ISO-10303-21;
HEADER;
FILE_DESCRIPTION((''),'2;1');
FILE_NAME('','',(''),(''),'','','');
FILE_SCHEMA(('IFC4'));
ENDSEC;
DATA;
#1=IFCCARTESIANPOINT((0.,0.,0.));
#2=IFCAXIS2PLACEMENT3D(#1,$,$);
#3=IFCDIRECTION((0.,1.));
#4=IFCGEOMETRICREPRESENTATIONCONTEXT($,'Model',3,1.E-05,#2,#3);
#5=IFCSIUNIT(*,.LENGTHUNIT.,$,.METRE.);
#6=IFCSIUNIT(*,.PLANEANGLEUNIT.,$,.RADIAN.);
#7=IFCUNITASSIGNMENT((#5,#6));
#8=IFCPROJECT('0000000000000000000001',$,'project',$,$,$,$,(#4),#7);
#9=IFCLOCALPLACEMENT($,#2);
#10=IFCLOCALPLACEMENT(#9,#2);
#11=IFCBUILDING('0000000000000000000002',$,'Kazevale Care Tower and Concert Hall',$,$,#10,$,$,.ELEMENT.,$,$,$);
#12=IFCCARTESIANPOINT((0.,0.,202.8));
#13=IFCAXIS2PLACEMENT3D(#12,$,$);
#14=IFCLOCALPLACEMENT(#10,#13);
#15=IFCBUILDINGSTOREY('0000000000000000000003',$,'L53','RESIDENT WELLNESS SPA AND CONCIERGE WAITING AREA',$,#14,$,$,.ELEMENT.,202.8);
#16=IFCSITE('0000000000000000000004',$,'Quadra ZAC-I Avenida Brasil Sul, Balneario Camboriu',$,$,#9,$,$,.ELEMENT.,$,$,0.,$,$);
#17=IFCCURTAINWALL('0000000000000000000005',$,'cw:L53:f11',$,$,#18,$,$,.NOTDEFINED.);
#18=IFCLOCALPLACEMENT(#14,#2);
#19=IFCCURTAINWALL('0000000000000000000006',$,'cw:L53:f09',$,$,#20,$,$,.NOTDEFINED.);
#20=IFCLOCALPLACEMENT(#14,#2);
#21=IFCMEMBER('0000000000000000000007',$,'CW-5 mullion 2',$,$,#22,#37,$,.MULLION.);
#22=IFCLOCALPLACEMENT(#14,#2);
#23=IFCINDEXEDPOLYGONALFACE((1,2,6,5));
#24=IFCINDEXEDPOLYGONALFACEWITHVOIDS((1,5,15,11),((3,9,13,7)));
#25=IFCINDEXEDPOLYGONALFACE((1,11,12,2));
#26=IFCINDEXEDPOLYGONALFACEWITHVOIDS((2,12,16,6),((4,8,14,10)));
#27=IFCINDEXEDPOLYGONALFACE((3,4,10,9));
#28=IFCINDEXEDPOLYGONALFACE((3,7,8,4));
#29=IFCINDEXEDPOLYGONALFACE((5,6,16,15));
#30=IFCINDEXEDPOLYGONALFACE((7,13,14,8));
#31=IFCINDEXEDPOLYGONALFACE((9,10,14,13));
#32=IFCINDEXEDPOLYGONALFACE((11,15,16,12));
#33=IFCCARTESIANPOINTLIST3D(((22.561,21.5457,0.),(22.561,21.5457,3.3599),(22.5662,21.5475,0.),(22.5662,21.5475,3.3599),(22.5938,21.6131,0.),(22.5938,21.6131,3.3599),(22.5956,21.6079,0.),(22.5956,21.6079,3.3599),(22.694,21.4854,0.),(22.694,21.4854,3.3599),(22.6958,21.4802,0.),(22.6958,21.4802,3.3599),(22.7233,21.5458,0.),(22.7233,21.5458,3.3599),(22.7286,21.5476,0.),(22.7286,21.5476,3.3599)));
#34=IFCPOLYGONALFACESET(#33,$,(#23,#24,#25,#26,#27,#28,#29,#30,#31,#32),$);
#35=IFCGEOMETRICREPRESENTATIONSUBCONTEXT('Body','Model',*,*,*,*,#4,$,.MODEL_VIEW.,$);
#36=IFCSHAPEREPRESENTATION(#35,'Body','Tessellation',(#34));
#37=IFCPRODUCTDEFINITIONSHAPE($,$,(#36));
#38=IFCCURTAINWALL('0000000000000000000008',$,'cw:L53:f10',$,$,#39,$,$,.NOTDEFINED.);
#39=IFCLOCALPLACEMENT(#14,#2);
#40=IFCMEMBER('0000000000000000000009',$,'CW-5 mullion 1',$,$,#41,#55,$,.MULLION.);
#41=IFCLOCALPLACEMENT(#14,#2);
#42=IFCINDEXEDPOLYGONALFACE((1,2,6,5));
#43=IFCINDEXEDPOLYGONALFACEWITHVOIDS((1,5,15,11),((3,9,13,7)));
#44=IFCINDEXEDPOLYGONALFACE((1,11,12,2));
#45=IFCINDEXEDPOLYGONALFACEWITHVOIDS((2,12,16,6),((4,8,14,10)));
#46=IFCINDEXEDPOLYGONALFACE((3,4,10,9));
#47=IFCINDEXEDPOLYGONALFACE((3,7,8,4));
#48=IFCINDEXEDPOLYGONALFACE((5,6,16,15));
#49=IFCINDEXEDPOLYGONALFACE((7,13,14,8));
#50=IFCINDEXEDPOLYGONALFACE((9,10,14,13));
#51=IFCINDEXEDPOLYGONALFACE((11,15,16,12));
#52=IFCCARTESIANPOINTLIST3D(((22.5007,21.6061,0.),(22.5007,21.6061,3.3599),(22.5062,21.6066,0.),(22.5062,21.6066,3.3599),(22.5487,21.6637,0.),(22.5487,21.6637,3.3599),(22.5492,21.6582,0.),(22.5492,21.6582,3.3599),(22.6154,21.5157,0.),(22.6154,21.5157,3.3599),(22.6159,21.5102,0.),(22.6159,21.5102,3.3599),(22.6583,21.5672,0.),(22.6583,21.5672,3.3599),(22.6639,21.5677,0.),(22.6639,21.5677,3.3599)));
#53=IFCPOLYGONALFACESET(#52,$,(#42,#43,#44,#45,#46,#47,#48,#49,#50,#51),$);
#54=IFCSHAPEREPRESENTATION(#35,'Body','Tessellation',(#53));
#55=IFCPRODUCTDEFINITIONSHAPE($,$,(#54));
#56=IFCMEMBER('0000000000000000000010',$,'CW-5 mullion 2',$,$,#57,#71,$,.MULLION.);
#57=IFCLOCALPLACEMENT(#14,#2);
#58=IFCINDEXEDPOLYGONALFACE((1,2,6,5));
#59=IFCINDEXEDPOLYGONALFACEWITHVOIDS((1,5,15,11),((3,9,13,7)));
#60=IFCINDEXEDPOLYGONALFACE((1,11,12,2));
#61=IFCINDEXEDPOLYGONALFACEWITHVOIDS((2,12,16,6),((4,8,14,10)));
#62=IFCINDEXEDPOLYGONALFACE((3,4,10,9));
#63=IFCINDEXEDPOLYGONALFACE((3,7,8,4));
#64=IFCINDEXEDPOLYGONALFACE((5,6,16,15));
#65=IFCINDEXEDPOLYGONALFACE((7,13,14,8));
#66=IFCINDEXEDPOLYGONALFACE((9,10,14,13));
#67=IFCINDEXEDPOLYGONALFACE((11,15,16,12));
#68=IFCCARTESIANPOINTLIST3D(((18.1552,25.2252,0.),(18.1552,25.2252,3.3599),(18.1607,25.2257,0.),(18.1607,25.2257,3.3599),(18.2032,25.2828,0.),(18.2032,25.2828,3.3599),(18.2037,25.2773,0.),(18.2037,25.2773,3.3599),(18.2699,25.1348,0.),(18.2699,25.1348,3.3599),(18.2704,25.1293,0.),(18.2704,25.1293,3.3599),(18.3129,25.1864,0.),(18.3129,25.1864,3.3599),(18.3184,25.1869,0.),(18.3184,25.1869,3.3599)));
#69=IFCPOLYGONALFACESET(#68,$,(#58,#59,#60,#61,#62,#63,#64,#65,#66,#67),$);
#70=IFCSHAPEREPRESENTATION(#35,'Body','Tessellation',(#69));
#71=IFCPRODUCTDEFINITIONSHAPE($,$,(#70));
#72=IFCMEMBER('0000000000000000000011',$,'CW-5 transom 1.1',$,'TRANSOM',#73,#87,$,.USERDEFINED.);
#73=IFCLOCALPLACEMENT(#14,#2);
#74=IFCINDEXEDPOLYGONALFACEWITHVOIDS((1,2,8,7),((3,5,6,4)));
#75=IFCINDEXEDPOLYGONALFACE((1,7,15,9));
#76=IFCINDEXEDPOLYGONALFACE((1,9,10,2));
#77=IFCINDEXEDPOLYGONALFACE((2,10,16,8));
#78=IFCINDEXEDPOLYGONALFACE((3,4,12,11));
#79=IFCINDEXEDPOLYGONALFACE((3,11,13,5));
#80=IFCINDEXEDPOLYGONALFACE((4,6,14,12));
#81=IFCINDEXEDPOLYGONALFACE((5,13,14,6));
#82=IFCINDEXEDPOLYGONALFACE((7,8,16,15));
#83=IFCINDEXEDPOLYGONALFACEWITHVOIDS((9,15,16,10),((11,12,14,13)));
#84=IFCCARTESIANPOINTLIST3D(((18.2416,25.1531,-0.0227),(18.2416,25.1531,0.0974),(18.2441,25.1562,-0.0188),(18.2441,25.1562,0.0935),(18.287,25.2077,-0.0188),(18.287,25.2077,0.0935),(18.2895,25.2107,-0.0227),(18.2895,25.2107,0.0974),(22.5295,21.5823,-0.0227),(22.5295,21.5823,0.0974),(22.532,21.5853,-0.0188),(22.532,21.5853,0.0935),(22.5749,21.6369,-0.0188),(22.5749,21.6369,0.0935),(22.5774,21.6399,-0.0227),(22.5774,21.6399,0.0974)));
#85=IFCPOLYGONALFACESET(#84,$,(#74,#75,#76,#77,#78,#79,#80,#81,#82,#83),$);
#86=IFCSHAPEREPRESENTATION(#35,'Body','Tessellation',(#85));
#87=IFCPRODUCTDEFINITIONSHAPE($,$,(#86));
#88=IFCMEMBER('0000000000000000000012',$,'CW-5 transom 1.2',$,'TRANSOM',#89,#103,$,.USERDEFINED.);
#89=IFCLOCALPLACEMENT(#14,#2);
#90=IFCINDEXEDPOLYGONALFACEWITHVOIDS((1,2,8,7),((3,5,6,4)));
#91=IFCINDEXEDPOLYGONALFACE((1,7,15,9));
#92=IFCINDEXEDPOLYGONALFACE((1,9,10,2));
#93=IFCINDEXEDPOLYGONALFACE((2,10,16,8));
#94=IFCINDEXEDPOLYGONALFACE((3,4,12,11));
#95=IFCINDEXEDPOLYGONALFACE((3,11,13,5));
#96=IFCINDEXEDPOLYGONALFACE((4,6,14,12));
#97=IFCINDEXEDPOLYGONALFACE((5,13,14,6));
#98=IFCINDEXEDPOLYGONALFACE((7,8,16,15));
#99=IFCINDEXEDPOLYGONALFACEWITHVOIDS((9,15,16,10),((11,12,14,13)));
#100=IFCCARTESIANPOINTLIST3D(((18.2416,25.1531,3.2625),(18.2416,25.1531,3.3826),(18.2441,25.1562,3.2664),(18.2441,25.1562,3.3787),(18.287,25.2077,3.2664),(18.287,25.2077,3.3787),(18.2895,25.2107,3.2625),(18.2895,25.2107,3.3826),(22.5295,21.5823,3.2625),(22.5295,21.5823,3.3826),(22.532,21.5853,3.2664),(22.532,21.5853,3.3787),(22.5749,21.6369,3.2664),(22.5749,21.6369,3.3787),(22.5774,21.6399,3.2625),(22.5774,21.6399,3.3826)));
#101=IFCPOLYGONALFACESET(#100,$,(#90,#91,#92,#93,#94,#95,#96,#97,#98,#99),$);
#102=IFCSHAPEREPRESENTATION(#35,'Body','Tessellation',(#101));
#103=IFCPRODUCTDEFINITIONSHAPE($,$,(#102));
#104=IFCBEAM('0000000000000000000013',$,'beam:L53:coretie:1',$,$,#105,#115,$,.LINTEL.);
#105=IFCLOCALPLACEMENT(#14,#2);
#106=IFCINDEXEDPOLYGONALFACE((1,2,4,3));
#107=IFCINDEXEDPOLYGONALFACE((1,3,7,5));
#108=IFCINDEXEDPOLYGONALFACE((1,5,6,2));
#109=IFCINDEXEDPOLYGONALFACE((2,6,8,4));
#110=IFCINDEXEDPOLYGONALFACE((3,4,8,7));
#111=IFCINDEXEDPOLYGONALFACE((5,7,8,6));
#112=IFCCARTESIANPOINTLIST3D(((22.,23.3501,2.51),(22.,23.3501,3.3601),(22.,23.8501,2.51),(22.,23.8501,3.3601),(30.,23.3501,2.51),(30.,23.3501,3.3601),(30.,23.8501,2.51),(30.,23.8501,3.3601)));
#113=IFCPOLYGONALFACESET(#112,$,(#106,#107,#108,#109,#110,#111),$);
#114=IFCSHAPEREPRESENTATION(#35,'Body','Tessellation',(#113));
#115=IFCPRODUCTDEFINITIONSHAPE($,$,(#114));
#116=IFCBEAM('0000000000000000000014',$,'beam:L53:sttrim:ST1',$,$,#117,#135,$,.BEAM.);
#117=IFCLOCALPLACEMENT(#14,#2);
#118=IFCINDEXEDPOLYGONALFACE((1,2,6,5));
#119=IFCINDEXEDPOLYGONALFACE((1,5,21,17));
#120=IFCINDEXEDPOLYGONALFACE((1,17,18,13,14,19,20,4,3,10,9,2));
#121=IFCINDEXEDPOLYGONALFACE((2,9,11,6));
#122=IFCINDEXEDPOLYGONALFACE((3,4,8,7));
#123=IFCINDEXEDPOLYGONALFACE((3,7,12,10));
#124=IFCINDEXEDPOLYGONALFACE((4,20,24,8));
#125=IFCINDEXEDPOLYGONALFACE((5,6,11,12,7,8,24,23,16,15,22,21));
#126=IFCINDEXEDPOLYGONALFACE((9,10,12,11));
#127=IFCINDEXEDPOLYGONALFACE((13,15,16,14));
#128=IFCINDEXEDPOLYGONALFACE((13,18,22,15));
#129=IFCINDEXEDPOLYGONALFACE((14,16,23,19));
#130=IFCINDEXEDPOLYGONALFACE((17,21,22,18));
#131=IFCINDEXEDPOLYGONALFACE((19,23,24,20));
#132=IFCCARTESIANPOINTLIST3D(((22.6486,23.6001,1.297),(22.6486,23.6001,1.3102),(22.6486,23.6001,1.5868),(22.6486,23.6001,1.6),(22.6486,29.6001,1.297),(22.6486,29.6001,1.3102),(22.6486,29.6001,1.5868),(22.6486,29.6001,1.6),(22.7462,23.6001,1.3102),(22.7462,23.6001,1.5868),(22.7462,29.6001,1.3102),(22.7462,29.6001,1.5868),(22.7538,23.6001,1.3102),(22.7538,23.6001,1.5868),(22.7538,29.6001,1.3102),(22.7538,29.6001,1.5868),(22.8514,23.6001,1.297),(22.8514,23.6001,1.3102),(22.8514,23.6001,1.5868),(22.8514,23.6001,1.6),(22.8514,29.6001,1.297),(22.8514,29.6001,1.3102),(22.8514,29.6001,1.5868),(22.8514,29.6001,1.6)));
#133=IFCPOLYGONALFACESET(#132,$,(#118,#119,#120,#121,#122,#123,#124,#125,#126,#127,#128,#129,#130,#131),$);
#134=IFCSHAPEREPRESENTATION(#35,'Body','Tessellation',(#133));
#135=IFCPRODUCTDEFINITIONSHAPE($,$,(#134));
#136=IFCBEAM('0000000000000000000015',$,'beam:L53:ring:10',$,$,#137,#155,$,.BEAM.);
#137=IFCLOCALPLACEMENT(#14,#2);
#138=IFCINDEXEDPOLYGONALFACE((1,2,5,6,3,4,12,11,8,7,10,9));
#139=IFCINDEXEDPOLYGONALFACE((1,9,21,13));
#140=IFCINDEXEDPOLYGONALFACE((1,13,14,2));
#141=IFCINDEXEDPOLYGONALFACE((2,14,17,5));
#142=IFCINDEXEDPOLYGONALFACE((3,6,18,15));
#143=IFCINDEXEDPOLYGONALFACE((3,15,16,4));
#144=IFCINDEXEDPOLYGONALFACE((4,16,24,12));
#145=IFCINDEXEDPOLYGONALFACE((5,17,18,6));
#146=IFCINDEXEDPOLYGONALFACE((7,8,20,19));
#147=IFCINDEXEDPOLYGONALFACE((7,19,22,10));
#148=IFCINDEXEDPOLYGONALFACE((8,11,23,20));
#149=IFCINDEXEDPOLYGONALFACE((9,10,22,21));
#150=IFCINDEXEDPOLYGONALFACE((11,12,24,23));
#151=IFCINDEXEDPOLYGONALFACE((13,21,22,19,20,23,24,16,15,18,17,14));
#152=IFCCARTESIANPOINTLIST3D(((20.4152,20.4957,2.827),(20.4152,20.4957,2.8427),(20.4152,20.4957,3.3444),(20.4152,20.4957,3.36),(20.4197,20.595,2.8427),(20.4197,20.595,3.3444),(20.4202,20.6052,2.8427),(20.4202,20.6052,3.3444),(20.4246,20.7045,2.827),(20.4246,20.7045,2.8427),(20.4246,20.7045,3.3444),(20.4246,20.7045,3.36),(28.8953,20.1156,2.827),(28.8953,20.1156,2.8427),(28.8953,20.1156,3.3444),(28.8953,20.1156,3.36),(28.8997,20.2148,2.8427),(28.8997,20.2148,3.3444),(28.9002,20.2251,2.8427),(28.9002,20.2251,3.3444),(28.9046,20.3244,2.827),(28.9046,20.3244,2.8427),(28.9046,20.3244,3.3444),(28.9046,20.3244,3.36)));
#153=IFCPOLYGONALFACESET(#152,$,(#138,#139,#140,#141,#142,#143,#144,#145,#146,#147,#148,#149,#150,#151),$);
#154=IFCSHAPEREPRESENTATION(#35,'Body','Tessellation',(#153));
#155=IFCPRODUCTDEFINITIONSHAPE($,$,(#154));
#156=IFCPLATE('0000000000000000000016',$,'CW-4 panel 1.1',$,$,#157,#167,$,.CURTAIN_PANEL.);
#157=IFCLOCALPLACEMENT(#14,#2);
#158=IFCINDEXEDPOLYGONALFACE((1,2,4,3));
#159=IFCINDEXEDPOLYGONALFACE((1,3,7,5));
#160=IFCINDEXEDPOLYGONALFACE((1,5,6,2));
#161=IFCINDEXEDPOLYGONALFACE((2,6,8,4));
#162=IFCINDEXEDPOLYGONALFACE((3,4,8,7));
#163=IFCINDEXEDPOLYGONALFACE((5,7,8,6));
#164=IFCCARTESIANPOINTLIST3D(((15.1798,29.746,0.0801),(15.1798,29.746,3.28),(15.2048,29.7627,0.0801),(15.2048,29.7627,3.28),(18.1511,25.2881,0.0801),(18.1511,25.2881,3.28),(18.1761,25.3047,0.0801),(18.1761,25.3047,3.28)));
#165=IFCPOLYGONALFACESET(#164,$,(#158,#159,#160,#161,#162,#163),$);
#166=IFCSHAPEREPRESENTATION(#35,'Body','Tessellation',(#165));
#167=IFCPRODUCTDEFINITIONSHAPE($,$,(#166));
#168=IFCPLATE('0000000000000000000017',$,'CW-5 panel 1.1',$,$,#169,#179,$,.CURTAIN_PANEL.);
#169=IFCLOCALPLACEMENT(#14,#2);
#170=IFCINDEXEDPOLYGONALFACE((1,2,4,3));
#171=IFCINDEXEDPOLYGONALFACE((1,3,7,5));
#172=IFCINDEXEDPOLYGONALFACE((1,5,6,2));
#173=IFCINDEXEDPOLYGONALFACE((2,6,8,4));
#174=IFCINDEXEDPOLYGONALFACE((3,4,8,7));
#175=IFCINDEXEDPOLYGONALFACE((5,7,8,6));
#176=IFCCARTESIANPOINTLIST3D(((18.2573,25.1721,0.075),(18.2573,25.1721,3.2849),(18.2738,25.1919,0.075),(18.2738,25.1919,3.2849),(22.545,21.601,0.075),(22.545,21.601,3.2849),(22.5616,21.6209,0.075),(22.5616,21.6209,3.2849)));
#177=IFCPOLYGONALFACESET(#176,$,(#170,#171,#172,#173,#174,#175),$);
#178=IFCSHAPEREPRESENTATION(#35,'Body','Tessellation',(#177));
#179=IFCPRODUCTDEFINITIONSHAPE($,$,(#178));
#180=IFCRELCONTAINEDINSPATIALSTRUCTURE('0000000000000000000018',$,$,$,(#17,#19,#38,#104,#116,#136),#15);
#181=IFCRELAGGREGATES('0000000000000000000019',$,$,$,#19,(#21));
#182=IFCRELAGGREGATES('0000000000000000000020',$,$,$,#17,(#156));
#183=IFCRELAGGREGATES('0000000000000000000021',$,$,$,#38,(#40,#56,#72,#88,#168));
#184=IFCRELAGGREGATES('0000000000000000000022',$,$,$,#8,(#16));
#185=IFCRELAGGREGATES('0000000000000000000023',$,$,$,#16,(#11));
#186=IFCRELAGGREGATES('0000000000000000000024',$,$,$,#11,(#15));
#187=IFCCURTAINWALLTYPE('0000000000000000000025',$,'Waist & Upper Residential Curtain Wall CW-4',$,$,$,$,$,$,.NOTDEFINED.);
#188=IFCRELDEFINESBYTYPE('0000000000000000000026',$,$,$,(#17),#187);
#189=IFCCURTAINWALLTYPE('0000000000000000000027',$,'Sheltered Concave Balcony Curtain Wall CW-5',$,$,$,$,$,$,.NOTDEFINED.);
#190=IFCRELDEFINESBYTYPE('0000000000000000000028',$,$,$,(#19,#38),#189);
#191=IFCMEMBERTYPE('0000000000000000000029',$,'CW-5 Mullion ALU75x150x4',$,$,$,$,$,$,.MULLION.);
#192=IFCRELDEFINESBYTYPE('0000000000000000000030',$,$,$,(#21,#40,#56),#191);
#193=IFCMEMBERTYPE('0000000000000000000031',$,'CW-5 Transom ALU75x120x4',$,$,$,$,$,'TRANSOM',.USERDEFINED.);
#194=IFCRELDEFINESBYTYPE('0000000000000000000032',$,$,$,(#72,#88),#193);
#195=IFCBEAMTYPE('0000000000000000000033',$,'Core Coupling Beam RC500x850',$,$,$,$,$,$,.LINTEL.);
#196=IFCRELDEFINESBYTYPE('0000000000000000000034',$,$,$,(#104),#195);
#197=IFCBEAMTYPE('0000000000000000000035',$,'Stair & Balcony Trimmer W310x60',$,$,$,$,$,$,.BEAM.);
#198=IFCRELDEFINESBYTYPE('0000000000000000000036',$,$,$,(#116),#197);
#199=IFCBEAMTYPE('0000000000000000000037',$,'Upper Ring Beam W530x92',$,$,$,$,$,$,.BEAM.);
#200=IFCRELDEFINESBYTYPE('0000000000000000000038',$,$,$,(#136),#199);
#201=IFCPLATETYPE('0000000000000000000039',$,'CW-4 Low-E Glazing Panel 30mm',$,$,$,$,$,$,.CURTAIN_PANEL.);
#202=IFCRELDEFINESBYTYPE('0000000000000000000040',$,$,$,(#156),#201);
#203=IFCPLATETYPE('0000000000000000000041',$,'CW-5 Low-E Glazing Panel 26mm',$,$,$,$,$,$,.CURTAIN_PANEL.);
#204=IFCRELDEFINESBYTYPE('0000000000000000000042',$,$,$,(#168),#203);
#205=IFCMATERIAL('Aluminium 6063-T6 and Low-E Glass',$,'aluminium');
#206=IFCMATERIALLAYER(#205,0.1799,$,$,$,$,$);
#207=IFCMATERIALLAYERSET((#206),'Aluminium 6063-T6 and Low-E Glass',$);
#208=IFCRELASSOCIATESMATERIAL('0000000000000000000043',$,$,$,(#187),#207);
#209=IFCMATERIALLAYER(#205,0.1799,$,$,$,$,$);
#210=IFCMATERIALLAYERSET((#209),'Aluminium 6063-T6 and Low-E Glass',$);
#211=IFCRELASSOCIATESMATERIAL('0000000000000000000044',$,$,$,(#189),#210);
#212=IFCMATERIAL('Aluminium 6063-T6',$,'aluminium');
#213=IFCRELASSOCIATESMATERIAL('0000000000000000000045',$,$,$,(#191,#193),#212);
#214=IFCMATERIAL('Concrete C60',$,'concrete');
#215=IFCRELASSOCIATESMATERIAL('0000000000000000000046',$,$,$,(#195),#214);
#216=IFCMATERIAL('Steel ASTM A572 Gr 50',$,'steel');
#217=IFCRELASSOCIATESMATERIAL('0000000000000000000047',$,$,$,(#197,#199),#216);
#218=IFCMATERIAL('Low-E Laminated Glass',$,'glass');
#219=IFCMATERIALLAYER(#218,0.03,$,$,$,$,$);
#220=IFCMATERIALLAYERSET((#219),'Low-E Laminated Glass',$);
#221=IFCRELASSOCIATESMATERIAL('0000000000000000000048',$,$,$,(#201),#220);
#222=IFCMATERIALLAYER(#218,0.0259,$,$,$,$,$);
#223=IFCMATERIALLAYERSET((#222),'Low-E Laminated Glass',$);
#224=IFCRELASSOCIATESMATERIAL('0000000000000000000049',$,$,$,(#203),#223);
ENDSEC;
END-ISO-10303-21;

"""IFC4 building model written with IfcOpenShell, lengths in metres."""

from ifc_helpers import new_model, si_unit, direction, frame, origin, origin_2d, place, context, subcontext, project, spatial, rectangle, hollow_rectangle, i_section, extrude, material, layer, layer_set, material_profile, profile_set, type_object, element, aggregate, save


model = new_model("IFC4")

# Units and contexts
model_context = context("Model", 3, precision=1e-05, world=origin(), true_north=direction((0.0, 1.0)))
body_context = subcontext(model_context, "Body", "Model", "MODEL_VIEW")
ifc_project = project(units=[si_unit("LENGTHUNIT", "METRE"), si_unit("PLANEANGLEUNIT", "RADIAN")], contexts=[model_context])

# Site, building, storey
site_placement = place(None, origin())
site = spatial("IfcSite", under=ifc_project, at=site_placement, Name="Quadra ZAC-I Avenida Brasil Sul, Balneario Camboriu", CompositionType="ELEMENT", RefElevation=0.0)
building_placement = place(site_placement, origin())
building = spatial("IfcBuilding", under=site, at=building_placement, Name="Kazevale Care Tower and Concert Hall", CompositionType="ELEMENT")
storey_placement = place(building_placement, frame((0.0, 0.0, 202.8)))
storey = spatial("IfcBuildingStorey", under=building, at=storey_placement, Name="L53", Description="RESIDENT WELLNESS SPA AND CONCIERGE WAITING AREA", CompositionType="ELEMENT", Elevation=202.8)

# Curtain wall
ifc_material_1 = material(Name="Aluminium 6063-T6 and Low-E Glass", Category="aluminium")
ifc_layer_1 = layer(ifc_material_1, 0.1799)
ifc_layer_set_1 = layer_set([ifc_layer_1], Name="Aluminium 6063-T6 and Low-E Glass")
curtain_wall_type_1 = type_object("IfcCurtainWallType", Name="Waist & Upper Residential Curtain Wall CW-4", PredefinedType="NOTDEFINED", material=ifc_layer_set_1)
curtain_wall_1_placement = place(storey_placement, origin())
curtain_wall_1 = element("IfcCurtainWall", 1, at=curtain_wall_1_placement, inside=storey, type_object=curtain_wall_type_1, Name="cw:L53:f11", PredefinedType="NOTDEFINED")
ifc_material_2 = material(Name="Aluminium 6063-T6", Category="aluminium")

# Curtain wall, member
ifc_layer_2 = layer(ifc_material_1, 0.1799)
ifc_layer_set_2 = layer_set([ifc_layer_2], Name="Aluminium 6063-T6 and Low-E Glass")
curtain_wall_type_2 = type_object("IfcCurtainWallType", Name="Sheltered Concave Balcony Curtain Wall CW-5", PredefinedType="NOTDEFINED", material=ifc_layer_set_2)
curtain_wall_2_placement = place(storey_placement, origin())
curtain_wall_2 = element("IfcCurtainWall", 2, at=curtain_wall_2_placement, inside=storey, type_object=curtain_wall_type_2, Name="cw:L53:f09", PredefinedType="NOTDEFINED")
ifc_material_profile_1 = material_profile(ifc_material_2, hollow_rectangle(XDim=0.075, YDim=0.1499, WallThickness=0.0039, at=origin_2d()), Name="ALU75x150x4")
ifc_profile_set_1 = profile_set([ifc_material_profile_1], Name="Aluminium 6063-T6")
member_type_1 = type_object("IfcMemberType", Name="CW-5 Mullion ALU75x150x4", PredefinedType="MULLION", material=ifc_profile_set_1)
member_1_placement = place(storey_placement, frame((22.6448, 21.5466, 0.0), z_axis=(0.0, 0.0, 1.0), x_axis=(-0.437238, -0.899346, 0.0)))
member_1 = element("IfcMember", 3, at=member_1_placement, type_object=member_type_1, Name="CW-5 mullion 2", PredefinedType="MULLION", context=body_context, shape_type="SweptSolid", body=[
    extrude(hollow_rectangle(XDim=0.075, YDim=0.1499, WallThickness=0.0039, at=origin_2d()), origin(), (0.0, 0.0, 1.0), 3.3599),
])
aggregate(curtain_wall_2, [member_1])

# Curtain wall, members
curtain_wall_3_placement = place(storey_placement, origin())
curtain_wall_3 = element("IfcCurtainWall", 4, at=curtain_wall_3_placement, inside=storey, type_object=curtain_wall_type_2, Name="cw:L53:f10", PredefinedType="NOTDEFINED")
member_2_placement = place(storey_placement, frame((22.5823, 21.5869, 0.0), z_axis=(0.0, 0.0, 1.0), x_axis=(-0.639961, -0.768407, 0.0)))
member_2 = element("IfcMember", 5, at=member_2_placement, type_object=member_type_1, Name="CW-5 mullion 1", PredefinedType="MULLION", context=body_context, shape_type="SweptSolid", body=[
    extrude(hollow_rectangle(XDim=0.075, YDim=0.1499, WallThickness=0.0039, at=origin_2d()), origin(), (0.0, 0.0, 1.0), 3.3599),
])
member_3_placement = place(storey_placement, frame((18.2368, 25.2061, 0.0), z_axis=(0.0, 0.0, 1.0), x_axis=(-0.639961, -0.768407, 0.0)))
member_3 = element("IfcMember", 6, at=member_3_placement, type_object=member_type_1, Name="CW-5 mullion 2", PredefinedType="MULLION", context=body_context, shape_type="SweptSolid", body=[
    extrude(hollow_rectangle(XDim=0.075, YDim=0.1499, WallThickness=0.0039, at=origin_2d()), origin(), (0.0, 0.0, 1.0), 3.3599),
])
ifc_material_profile_2 = material_profile(ifc_material_2, hollow_rectangle(XDim=0.075, YDim=0.1201, WallThickness=0.0039, at=origin_2d()), Name="ALU75x120x4")
ifc_profile_set_2 = profile_set([ifc_material_profile_2], Name="Aluminium 6063-T6")
member_type_2 = type_object("IfcMemberType", Name="CW-5 Transom ALU75x120x4", ElementType="TRANSOM", PredefinedType="USERDEFINED", material=ifc_profile_set_2)
member_4_placement = place(storey_placement, frame((22.5535, 21.6111, 0.0374), z_axis=(-0.768433, 0.63993, 0.0), x_axis=(-0.63993, -0.768433, 0.0)))
member_4 = element("IfcMember", 7, at=member_4_placement, type_object=member_type_2, Name="CW-5 transom 1.1", ObjectType="TRANSOM", PredefinedType="USERDEFINED", context=body_context, shape_type="SweptSolid", body=[
    extrude(hollow_rectangle(XDim=0.075, YDim=0.1201, WallThickness=0.0039, at=origin_2d()), origin(), (0.0, 0.0, 1.0), 5.5801),
])
member_5_placement = place(storey_placement, frame((22.5535, 21.6111, 3.3225), z_axis=(-0.768433, 0.63993, 0.0), x_axis=(-0.63993, -0.768433, 0.0)))
member_5 = element("IfcMember", 8, at=member_5_placement, type_object=member_type_2, Name="CW-5 transom 1.2", ObjectType="TRANSOM", PredefinedType="USERDEFINED", context=body_context, shape_type="SweptSolid", body=[
    extrude(hollow_rectangle(XDim=0.075, YDim=0.1201, WallThickness=0.0039, at=origin_2d()), origin(), (0.0, 0.0, 1.0), 5.5801),
])

# Beams
ifc_material_3 = material(Name="Concrete C60", Category="concrete")
ifc_material_profile_3 = material_profile(ifc_material_3, rectangle(XDim=0.5, YDim=0.8501, at=origin_2d()), Name="RC-B500x850")
ifc_profile_set_3 = profile_set([ifc_material_profile_3], Name="Concrete C60")
beam_type_1 = type_object("IfcBeamType", Name="Core Coupling Beam RC500x850", PredefinedType="LINTEL", material=ifc_profile_set_3)
beam_1_placement = place(storey_placement, frame((22.0, 23.6001, 2.9351), z_axis=(1.0, 0.0, 0.0), x_axis=(0.0, 1.0, 0.0)))
element("IfcBeam", 9, at=beam_1_placement, inside=storey, type_object=beam_type_1, Name="beam:L53:coretie:1", PredefinedType="LINTEL", context=body_context, shape_type="SweptSolid", body=[
    extrude(rectangle(XDim=0.5, YDim=0.8501, at=origin_2d()), origin(), (0.0, 0.0, 1.0), 8.0),
])
ifc_material_4 = material(Name="Steel ASTM A572 Gr 50", Category="steel")
ifc_material_profile_4 = material_profile(ifc_material_4, i_section(OverallWidth=0.2029, OverallDepth=0.303, WebThickness=0.0076, FlangeThickness=0.0132, at=origin_2d()), Name="W310x60")
ifc_profile_set_4 = profile_set([ifc_material_profile_4], Name="Steel ASTM A572 Gr 50")
beam_type_2 = type_object("IfcBeamType", Name="Stair & Balcony Trimmer W310x60", PredefinedType="BEAM", material=ifc_profile_set_4)
beam_2_placement = place(storey_placement, frame((22.75, 23.6001, 1.4485), z_axis=(0.0, 1.0, 0.0), x_axis=(-1.0, 0.0, 0.0)))
element("IfcBeam", 10, at=beam_2_placement, inside=storey, type_object=beam_type_2, Name="beam:L53:sttrim:ST1", PredefinedType="BEAM", context=body_context, shape_type="SweptSolid", body=[
    extrude(i_section(OverallWidth=0.2029, OverallDepth=0.303, WebThickness=0.0076, FlangeThickness=0.0132, at=origin_2d()), origin(), (0.0, 0.0, 1.0), 6.0),
])
ifc_material_profile_5 = material_profile(ifc_material_4, i_section(OverallWidth=0.209, OverallDepth=0.533, WebThickness=0.0103, FlangeThickness=0.0156, at=origin_2d()), Name="W530x92")
ifc_profile_set_5 = profile_set([ifc_material_profile_5], Name="Steel ASTM A572 Gr 50")
beam_type_3 = type_object("IfcBeamType", Name="Upper Ring Beam W530x92", PredefinedType="BEAM", material=ifc_profile_set_5)
beam_3_placement = place(storey_placement, frame((20.4199, 20.6001, 3.0935), z_axis=(0.998997, -0.044781, 0.0), x_axis=(0.044781, 0.998997, 0.0)))
element("IfcBeam", 11, at=beam_3_placement, inside=storey, type_object=beam_type_3, Name="beam:L53:ring:10", PredefinedType="BEAM", context=body_context, shape_type="SweptSolid", body=[
    extrude(i_section(OverallWidth=0.209, OverallDepth=0.533, WebThickness=0.0103, FlangeThickness=0.0156, at=origin_2d()), origin(), (0.0, 0.0, 1.0), 8.4885),
])

# Plates
ifc_material_5 = material(Name="Low-E Laminated Glass", Category="glass")
ifc_layer_3 = layer(ifc_material_5, 0.03)
ifc_layer_set_3 = layer_set([ifc_layer_3], Name="Low-E Laminated Glass")
plate_type_1 = type_object("IfcPlateType", Name="CW-4 Low-E Glazing Panel 30mm", PredefinedType="CURTAIN_PANEL", material=ifc_layer_set_3)
plate_1_placement = place(storey_placement, frame((16.678, 27.5254, 0.0801), z_axis=(0.0, 0.0, 1.0), x_axis=(-0.554617, 0.832106, 0.0)))
plate_1 = element("IfcPlate", 12, at=plate_1_placement, type_object=plate_type_1, Name="CW-4 panel 1.1", PredefinedType="CURTAIN_PANEL", context=body_context, shape_type="SweptSolid", body=[
    extrude(rectangle(XDim=5.3574, YDim=0.03, at=origin_2d()), origin(), (0.0, 0.0, 1.0), 3.2),
])
aggregate(curtain_wall_1, [plate_1])
ifc_layer_4 = layer(ifc_material_5, 0.0259)
ifc_layer_set_4 = layer_set([ifc_layer_4], Name="Low-E Laminated Glass")
plate_type_2 = type_object("IfcPlateType", Name="CW-5 Low-E Glazing Panel 26mm", PredefinedType="CURTAIN_PANEL", material=ifc_layer_set_4)
plate_2_placement = place(storey_placement, frame((20.4094, 23.3965, 0.075), z_axis=(0.0, 0.0, 1.0), x_axis=(-0.768407, 0.639961, 0.0)))
plate_2 = element("IfcPlate", 13, at=plate_2_placement, type_object=plate_type_2, Name="CW-5 panel 1.1", PredefinedType="CURTAIN_PANEL", context=body_context, shape_type="SweptSolid", body=[
    extrude(rectangle(XDim=5.5801, YDim=0.0259, at=origin_2d()), origin(), (0.0, 0.0, 1.0), 3.21),
])
aggregate(curtain_wall_3, [member_2, member_3, member_4, member_5, plate_2])

save(model, "model.ifc")
